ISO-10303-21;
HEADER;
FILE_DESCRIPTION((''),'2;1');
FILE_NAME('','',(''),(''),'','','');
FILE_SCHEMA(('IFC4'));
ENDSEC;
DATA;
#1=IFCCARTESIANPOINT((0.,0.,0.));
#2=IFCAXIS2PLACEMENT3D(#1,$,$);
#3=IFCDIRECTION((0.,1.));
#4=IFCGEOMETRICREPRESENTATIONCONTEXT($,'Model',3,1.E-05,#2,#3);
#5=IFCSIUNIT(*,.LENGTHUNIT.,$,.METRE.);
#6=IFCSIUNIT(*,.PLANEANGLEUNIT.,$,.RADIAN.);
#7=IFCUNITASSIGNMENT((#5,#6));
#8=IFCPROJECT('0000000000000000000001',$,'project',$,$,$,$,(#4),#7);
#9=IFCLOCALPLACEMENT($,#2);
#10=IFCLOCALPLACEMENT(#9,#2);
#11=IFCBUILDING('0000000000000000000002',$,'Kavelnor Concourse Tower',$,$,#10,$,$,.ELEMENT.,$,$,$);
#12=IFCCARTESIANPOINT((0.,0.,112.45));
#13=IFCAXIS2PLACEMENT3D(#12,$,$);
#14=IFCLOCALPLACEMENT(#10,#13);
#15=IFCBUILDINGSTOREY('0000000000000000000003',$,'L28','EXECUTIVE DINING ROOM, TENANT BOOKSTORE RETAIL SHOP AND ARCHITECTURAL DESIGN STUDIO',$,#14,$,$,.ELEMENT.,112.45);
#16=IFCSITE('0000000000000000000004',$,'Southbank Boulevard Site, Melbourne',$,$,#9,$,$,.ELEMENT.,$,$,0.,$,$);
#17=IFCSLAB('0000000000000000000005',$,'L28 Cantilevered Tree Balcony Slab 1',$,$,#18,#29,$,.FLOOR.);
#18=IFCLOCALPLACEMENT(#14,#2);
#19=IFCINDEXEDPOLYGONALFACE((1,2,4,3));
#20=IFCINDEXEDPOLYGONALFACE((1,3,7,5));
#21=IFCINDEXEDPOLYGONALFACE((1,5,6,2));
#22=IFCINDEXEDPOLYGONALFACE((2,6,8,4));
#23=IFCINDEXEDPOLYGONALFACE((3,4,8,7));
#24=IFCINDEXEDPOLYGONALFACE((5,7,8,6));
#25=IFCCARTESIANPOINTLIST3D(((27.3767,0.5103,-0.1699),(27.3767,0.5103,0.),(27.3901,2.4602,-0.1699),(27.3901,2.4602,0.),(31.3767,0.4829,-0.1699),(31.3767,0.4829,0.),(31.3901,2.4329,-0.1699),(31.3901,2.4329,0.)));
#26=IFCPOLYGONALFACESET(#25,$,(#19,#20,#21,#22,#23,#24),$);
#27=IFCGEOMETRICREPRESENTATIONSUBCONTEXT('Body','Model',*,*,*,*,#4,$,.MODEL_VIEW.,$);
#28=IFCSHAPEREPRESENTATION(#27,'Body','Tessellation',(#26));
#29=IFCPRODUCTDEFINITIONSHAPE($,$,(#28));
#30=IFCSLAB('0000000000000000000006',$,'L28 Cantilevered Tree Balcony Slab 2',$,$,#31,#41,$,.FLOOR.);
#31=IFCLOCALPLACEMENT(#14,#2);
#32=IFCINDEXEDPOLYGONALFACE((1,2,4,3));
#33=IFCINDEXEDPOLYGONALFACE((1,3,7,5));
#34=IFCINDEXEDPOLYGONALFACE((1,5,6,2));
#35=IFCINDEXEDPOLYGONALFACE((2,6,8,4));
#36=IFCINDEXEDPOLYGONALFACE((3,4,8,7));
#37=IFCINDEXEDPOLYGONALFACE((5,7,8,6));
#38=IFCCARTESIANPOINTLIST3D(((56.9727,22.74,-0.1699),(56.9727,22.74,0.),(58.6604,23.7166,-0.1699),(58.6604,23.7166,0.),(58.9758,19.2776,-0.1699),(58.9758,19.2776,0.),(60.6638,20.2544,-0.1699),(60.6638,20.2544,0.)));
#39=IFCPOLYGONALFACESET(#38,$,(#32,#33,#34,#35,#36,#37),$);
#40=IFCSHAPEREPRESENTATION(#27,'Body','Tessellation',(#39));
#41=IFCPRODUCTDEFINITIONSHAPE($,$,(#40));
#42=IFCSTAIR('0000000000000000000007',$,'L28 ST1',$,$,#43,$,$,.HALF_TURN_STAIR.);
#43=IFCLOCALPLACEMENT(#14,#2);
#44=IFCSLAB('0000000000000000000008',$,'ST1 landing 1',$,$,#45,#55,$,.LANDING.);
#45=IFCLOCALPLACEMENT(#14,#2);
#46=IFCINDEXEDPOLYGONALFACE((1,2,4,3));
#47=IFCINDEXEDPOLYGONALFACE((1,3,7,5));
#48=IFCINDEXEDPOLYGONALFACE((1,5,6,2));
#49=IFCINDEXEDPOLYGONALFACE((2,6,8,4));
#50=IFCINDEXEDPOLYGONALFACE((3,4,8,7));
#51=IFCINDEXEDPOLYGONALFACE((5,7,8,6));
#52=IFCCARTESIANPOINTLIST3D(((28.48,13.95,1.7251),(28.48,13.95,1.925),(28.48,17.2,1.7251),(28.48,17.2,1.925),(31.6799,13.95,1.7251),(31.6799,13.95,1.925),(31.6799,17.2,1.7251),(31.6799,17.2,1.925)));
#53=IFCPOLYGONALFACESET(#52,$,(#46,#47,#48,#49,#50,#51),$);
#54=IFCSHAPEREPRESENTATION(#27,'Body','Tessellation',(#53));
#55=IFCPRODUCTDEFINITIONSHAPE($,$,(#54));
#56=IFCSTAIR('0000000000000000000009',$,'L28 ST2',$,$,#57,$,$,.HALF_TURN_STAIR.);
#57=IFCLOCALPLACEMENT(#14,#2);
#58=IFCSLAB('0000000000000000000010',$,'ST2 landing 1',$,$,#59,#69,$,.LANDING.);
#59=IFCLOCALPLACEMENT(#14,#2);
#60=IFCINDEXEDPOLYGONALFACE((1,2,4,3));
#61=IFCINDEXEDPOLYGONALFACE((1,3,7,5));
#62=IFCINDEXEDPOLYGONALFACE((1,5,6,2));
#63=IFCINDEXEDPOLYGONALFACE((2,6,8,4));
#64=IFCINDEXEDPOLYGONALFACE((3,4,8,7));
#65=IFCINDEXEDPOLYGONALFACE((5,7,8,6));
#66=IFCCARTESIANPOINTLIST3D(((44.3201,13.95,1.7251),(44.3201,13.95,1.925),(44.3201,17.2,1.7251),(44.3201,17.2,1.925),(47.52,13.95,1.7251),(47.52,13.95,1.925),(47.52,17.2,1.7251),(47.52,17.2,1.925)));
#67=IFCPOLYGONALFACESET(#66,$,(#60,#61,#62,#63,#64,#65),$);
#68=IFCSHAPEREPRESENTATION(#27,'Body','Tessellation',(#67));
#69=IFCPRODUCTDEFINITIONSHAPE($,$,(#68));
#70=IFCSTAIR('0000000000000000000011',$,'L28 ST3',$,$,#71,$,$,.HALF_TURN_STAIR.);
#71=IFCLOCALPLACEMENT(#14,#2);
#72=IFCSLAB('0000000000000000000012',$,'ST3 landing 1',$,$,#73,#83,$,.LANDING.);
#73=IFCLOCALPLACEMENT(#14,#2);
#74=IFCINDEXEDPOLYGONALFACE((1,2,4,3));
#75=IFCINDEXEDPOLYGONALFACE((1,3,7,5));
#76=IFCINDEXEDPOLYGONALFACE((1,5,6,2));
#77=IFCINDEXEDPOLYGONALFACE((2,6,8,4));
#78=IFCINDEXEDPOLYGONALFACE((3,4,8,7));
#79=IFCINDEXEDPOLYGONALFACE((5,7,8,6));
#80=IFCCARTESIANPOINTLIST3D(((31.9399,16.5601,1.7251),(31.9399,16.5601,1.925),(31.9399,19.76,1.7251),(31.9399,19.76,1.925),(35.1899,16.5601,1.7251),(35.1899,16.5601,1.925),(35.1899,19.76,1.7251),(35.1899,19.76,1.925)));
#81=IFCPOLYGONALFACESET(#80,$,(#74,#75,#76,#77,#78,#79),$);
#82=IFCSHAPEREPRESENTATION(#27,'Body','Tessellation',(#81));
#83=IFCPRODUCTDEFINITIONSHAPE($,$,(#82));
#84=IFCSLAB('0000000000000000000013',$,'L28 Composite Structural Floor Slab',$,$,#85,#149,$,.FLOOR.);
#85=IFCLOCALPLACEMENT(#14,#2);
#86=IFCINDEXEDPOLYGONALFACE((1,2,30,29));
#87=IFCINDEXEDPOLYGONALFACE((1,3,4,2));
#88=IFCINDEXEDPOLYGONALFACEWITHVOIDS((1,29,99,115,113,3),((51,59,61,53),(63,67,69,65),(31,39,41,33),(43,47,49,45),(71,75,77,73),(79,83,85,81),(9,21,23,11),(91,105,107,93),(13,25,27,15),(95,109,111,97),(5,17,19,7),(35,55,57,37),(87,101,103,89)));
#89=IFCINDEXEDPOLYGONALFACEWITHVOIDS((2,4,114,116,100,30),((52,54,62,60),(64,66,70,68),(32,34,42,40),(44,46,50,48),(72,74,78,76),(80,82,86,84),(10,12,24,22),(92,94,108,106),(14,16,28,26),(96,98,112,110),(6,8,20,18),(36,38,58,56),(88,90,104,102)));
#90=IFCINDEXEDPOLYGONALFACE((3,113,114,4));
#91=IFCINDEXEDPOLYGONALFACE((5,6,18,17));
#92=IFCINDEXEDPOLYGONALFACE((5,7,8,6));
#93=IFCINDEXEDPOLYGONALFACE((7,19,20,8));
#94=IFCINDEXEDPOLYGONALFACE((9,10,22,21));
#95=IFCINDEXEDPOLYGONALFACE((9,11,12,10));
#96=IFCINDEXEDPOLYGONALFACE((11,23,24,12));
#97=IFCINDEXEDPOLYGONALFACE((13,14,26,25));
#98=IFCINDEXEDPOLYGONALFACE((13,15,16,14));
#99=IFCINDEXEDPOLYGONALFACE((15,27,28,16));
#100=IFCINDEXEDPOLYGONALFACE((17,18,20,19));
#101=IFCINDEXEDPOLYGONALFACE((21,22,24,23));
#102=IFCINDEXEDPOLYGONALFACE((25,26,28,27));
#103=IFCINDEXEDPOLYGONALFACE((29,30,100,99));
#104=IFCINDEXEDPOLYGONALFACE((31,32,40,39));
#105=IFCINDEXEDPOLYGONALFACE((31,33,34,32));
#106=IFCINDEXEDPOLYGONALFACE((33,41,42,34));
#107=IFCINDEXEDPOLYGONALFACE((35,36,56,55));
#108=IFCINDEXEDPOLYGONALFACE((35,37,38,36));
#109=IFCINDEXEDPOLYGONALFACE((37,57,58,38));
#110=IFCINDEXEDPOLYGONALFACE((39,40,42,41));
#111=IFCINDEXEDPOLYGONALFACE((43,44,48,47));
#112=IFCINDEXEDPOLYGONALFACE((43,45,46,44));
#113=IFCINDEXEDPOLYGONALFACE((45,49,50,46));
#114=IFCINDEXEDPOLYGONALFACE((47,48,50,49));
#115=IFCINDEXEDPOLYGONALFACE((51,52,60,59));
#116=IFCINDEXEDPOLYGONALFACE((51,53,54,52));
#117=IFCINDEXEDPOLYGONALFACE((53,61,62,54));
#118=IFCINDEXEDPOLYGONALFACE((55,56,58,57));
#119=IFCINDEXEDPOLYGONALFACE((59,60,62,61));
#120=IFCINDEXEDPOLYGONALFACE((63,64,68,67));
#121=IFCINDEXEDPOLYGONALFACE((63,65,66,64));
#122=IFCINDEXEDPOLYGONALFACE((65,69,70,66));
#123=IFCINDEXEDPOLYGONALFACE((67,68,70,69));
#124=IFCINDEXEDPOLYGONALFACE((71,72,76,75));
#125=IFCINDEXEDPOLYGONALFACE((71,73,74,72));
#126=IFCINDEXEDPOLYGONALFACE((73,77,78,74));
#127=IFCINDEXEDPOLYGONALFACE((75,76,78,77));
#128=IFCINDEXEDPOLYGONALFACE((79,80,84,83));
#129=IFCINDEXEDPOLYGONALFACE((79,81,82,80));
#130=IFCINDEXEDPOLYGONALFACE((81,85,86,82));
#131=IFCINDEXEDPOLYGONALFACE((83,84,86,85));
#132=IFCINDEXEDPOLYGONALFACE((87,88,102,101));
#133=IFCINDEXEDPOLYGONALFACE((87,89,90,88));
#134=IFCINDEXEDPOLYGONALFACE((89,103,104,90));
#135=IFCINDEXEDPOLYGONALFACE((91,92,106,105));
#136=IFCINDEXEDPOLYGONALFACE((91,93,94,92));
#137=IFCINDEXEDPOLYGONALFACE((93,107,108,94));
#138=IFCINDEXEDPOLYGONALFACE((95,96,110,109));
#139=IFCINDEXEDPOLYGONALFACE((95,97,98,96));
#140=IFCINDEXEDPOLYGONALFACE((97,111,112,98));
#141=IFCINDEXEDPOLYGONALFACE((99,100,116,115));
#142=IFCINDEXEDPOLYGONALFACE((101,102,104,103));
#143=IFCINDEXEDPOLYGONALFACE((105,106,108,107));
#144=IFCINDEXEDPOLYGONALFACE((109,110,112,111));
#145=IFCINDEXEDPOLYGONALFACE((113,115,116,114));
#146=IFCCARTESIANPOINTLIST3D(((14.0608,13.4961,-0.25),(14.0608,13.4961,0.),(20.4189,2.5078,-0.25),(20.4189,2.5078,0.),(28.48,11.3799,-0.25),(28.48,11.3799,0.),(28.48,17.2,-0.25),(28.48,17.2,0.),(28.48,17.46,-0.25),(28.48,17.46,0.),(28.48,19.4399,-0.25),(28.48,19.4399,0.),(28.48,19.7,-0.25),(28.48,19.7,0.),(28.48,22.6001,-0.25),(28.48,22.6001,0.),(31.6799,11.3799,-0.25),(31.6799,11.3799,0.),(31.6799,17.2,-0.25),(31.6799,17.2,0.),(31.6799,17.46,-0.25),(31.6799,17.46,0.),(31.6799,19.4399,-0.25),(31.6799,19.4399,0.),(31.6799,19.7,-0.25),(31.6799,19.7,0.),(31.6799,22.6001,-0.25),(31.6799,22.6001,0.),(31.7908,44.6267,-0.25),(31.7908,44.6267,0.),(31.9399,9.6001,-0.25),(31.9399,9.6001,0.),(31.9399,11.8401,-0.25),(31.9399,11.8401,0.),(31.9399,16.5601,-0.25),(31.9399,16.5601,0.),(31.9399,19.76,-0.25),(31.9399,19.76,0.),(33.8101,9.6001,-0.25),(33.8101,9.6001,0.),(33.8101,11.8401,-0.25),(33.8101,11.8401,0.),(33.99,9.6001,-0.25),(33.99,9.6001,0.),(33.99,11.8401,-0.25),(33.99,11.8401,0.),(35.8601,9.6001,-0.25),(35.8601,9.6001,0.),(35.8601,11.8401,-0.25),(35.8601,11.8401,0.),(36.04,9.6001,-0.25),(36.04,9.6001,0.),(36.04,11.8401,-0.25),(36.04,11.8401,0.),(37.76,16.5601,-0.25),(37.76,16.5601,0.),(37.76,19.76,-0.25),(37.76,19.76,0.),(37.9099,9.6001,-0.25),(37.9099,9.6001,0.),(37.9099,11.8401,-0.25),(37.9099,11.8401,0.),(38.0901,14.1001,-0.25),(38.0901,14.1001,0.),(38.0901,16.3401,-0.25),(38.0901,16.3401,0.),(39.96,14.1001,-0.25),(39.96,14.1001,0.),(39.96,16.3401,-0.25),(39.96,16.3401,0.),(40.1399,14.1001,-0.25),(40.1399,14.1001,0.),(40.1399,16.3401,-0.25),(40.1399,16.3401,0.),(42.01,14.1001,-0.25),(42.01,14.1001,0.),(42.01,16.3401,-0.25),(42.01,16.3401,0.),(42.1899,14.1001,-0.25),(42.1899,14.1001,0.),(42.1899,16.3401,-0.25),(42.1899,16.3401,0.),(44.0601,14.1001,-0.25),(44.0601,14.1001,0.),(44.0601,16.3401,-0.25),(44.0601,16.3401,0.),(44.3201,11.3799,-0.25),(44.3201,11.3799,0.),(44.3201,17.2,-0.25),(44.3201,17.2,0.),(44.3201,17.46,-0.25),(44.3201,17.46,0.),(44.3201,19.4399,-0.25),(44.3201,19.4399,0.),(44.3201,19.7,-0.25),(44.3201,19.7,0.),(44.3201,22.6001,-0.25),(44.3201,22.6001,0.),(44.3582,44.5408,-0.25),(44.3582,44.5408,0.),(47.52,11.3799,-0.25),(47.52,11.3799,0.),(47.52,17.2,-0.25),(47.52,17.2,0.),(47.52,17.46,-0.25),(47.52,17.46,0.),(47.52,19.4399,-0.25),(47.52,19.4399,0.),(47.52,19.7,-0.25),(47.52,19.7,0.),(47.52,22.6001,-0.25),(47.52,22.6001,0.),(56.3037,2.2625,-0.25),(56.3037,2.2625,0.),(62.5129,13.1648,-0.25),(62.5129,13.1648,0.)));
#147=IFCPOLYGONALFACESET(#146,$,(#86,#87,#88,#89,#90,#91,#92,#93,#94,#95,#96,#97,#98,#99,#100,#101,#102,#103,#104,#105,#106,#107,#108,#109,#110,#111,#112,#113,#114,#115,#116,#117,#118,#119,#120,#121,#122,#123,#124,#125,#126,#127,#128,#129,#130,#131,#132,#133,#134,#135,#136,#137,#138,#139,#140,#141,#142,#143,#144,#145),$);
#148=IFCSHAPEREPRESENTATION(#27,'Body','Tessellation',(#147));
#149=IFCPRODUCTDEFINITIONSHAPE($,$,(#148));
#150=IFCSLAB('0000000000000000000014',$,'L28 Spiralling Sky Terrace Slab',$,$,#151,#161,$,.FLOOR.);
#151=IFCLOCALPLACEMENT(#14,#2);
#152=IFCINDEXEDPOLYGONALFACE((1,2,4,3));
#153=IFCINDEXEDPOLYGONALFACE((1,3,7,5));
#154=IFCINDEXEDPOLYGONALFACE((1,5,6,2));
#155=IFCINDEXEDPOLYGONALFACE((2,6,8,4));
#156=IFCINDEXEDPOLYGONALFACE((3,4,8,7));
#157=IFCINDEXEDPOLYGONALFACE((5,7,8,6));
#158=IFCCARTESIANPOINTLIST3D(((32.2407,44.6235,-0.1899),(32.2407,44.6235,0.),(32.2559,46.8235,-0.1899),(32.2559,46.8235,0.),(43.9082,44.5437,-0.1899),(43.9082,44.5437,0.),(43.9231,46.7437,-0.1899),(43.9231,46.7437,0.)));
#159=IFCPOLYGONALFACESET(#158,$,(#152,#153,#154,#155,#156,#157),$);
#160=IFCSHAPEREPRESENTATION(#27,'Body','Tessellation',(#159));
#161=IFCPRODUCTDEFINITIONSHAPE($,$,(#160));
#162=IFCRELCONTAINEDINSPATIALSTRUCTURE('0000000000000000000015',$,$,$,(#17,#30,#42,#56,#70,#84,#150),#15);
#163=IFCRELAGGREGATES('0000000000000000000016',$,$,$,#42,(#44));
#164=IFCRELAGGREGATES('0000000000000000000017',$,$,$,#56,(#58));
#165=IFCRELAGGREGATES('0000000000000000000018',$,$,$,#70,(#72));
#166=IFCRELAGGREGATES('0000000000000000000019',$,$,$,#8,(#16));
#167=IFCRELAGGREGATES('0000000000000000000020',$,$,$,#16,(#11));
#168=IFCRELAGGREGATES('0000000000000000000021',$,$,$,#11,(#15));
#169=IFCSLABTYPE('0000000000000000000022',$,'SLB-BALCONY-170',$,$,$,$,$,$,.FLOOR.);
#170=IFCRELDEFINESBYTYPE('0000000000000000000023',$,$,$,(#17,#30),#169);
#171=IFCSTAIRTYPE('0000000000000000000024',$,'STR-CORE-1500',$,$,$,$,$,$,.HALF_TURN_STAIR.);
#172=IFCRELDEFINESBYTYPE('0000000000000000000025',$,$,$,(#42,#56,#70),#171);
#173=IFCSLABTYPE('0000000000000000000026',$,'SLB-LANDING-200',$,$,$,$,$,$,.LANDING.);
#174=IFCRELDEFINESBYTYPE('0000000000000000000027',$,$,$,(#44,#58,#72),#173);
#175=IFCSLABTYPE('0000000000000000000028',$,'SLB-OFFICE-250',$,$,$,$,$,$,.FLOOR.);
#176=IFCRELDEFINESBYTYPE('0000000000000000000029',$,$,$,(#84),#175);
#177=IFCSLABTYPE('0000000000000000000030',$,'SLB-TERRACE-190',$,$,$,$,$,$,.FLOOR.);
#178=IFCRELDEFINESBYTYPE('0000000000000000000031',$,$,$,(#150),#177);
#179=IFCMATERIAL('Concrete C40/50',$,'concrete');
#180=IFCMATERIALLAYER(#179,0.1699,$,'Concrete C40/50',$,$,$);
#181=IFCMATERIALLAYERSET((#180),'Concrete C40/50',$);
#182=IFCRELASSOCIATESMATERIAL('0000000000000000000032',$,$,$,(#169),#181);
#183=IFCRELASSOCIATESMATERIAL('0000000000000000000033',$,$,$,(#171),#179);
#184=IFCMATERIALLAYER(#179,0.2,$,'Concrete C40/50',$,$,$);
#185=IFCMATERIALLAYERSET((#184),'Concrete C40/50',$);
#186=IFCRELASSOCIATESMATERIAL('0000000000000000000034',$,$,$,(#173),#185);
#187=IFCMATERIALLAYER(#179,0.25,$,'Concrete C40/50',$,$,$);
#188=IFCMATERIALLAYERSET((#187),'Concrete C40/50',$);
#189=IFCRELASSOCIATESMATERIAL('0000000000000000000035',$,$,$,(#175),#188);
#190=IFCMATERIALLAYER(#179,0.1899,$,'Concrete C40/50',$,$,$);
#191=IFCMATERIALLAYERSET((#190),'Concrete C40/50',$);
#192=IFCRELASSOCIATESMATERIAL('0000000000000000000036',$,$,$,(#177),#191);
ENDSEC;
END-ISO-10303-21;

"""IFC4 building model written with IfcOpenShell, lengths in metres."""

from ifc_helpers import new_model, si_unit, direction, frame, origin, place, context, subcontext, project, spatial, polyline, outline, extrude, material, layer, layer_set, type_object, element, aggregate, save


model = new_model("IFC4")

# Units and contexts
model_context = context("Model", 3, precision=1e-05, world=origin(), true_north=direction((0.0, 1.0)))
body_context = subcontext(model_context, "Body", "Model", "MODEL_VIEW")
ifc_project = project(units=[si_unit("LENGTHUNIT", "METRE"), si_unit("PLANEANGLEUNIT", "RADIAN")], contexts=[model_context])

# Site, building, storey
site_placement = place(None, origin())
site = spatial("IfcSite", under=ifc_project, at=site_placement, Name="Southbank Boulevard Site, Melbourne", CompositionType="ELEMENT", RefElevation=0.0)
building_placement = place(site_placement, origin())
building = spatial("IfcBuilding", under=site, at=building_placement, Name="Kavelnor Concourse Tower", CompositionType="ELEMENT")
storey_placement = place(building_placement, frame((0.0, 0.0, 112.45)))
storey = spatial("IfcBuildingStorey", under=building, at=storey_placement, Name="L28", Description="EXECUTIVE DINING ROOM, TENANT BOOKSTORE RETAIL SHOP AND ARCHITECTURAL DESIGN STUDIO", CompositionType="ELEMENT", Elevation=112.45)

# Slabs
ifc_material_1 = material(Name="Concrete C40/50", Category="concrete")
ifc_layer_1 = layer(ifc_material_1, 0.1699, Name="Concrete C40/50")
ifc_layer_set_1 = layer_set([ifc_layer_1], Name="Concrete C40/50")
slab_type_1 = type_object("IfcSlabType", Name="SLB-BALCONY-170", PredefinedType="FLOOR", material=ifc_layer_set_1)
slab_1_placement = place(storey_placement, frame((0.0, 0.0, -0.1699)))
element("IfcSlab", 1, at=slab_1_placement, inside=storey, type_object=slab_type_1, Name="L28 Cantilevered Tree Balcony Slab 1", PredefinedType="FLOOR", context=body_context, shape_type="SweptSolid", body=[
    extrude(outline(polyline([(31.3767, 0.4829), (27.3767, 0.5103), (27.3901, 2.4602), (31.3901, 2.4329), (31.3767, 0.4829)])), origin(), (0.0, 0.0, 1.0), 0.1699),
])
slab_2_placement = place(storey_placement, frame((0.0, 0.0, -0.1699)))
element("IfcSlab", 2, at=slab_2_placement, inside=storey, type_object=slab_type_1, Name="L28 Cantilevered Tree Balcony Slab 2", PredefinedType="FLOOR", context=body_context, shape_type="SweptSolid", body=[
    extrude(outline(polyline([(58.6604, 23.7166), (60.6638, 20.2544), (58.9758, 19.2776), (56.9727, 22.74), (58.6604, 23.7166)])), origin(), (0.0, 0.0, 1.0), 0.1699),
])

# Stairs, slabs
stair_type = type_object("IfcStairType", Name="STR-CORE-1500", PredefinedType="HALF_TURN_STAIR", material=ifc_material_1)
stair_1_placement = place(storey_placement, origin())
stair_1 = element("IfcStair", 3, at=stair_1_placement, inside=storey, type_object=stair_type, Name="L28 ST1", PredefinedType="HALF_TURN_STAIR")
ifc_layer_2 = layer(ifc_material_1, 0.2, Name="Concrete C40/50")
ifc_layer_set_2 = layer_set([ifc_layer_2], Name="Concrete C40/50")
slab_type_2 = type_object("IfcSlabType", Name="SLB-LANDING-200", PredefinedType="LANDING", material=ifc_layer_set_2)
slab_3_placement = place(storey_placement, frame((0.0, 0.0, 1.7251)))
slab_3 = element("IfcSlab", 4, at=slab_3_placement, type_object=slab_type_2, Name="ST1 landing 1", PredefinedType="LANDING", context=body_context, shape_type="SweptSolid", body=[
    extrude(outline(polyline([(31.6799, 13.95), (31.6799, 17.2), (28.48, 17.2), (28.48, 13.95), (31.6799, 13.95)])), origin(), (0.0, 0.0, 1.0), 0.2),
])
aggregate(stair_1, [slab_3])
stair_2_placement = place(storey_placement, origin())
stair_2 = element("IfcStair", 5, at=stair_2_placement, inside=storey, type_object=stair_type, Name="L28 ST2", PredefinedType="HALF_TURN_STAIR")
slab_4_placement = place(storey_placement, frame((0.0, 0.0, 1.7251)))
slab_4 = element("IfcSlab", 6, at=slab_4_placement, type_object=slab_type_2, Name="ST2 landing 1", PredefinedType="LANDING", context=body_context, shape_type="SweptSolid", body=[
    extrude(outline(polyline([(47.52, 13.95), (47.52, 17.2), (44.3201, 17.2), (44.3201, 13.95), (47.52, 13.95)])), origin(), (0.0, 0.0, 1.0), 0.2),
])
aggregate(stair_2, [slab_4])
stair_3_placement = place(storey_placement, origin())
stair_3 = element("IfcStair", 7, at=stair_3_placement, inside=storey, type_object=stair_type, Name="L28 ST3", PredefinedType="HALF_TURN_STAIR")
slab_5_placement = place(storey_placement, frame((0.0, 0.0, 1.7251)))
slab_5 = element("IfcSlab", 8, at=slab_5_placement, type_object=slab_type_2, Name="ST3 landing 1", PredefinedType="LANDING", context=body_context, shape_type="SweptSolid", body=[
    extrude(outline(polyline([(35.1899, 19.76), (31.9399, 19.76), (31.9399, 16.5601), (35.1899, 16.5601), (35.1899, 19.76)])), origin(), (0.0, 0.0, 1.0), 0.2),
])
aggregate(stair_3, [slab_5])

# Slabs
ifc_layer_3 = layer(ifc_material_1, 0.25, Name="Concrete C40/50")
ifc_layer_set_3 = layer_set([ifc_layer_3], Name="Concrete C40/50")
slab_type_3 = type_object("IfcSlabType", Name="SLB-OFFICE-250", PredefinedType="FLOOR", material=ifc_layer_set_3)
slab_6_placement = place(storey_placement, frame((0.0, 0.0, -0.25)))
element("IfcSlab", 9, at=slab_6_placement, inside=storey, type_object=slab_type_3, Name="L28 Composite Structural Floor Slab", PredefinedType="FLOOR", context=body_context, shape_type="SweptSolid", body=[
    extrude(outline(polyline([(44.3582, 44.5408), (31.7908, 44.6267), (14.0608, 13.4961), (20.4189, 2.5078), (56.3037, 2.2625), (62.5129, 13.1648), (44.3582, 44.5408)]), holes=[polyline([(28.48, 11.3799), (31.6799, 11.3799), (31.6799, 17.2), (28.48, 17.2), (28.48, 11.3799)]), polyline([(44.3201, 11.3799), (47.52, 11.3799), (47.52, 17.2), (44.3201, 17.2), (44.3201, 11.3799)]), polyline([(31.9399, 16.5601), (37.76, 16.5601), (37.76, 19.76), (31.9399, 19.76), (31.9399, 16.5601)]), polyline([(28.48, 19.7), (31.6799, 19.7), (31.6799, 22.6001), (28.48, 22.6001), (28.48, 19.7)]), polyline([(44.3201, 19.7), (47.52, 19.7), (47.52, 22.6001), (44.3201, 22.6001), (44.3201, 19.7)]), polyline([(38.0901, 14.1001), (39.96, 14.1001), (39.96, 16.3401), (38.0901, 16.3401), (38.0901, 14.1001)]), polyline([(40.1399, 14.1001), (42.01, 14.1001), (42.01, 16.3401), (40.1399, 16.3401), (40.1399, 14.1001)]), polyline([(42.1899, 14.1001), (44.0601, 14.1001), (44.0601, 16.3401), (42.1899, 16.3401), (42.1899, 14.1001)]), polyline([(31.9399, 9.6001), (33.8101, 9.6001), (33.8101, 11.8401), (31.9399, 11.8401), (31.9399, 9.6001)]), polyline([(33.99, 9.6001), (35.8601, 9.6001), (35.8601, 11.8401), (33.99, 11.8401), (33.99, 9.6001)]), polyline([(36.04, 9.6001), (37.9099, 9.6001), (37.9099, 11.8401), (36.04, 11.8401), (36.04, 9.6001)]), polyline([(28.48, 17.46), (31.6799, 17.46), (31.6799, 19.4399), (28.48, 19.4399), (28.48, 17.46)]), polyline([(44.3201, 17.46), (47.52, 17.46), (47.52, 19.4399), (44.3201, 19.4399), (44.3201, 17.46)])]), origin(), (0.0, 0.0, 1.0), 0.25),
])
ifc_layer_4 = layer(ifc_material_1, 0.1899, Name="Concrete C40/50")
ifc_layer_set_4 = layer_set([ifc_layer_4], Name="Concrete C40/50")
slab_type_4 = type_object("IfcSlabType", Name="SLB-TERRACE-190", PredefinedType="FLOOR", material=ifc_layer_set_4)
slab_7_placement = place(storey_placement, frame((0.0, 0.0, -0.1899)))
element("IfcSlab", 10, at=slab_7_placement, inside=storey, type_object=slab_type_4, Name="L28 Spiralling Sky Terrace Slab", PredefinedType="FLOOR", context=body_context, shape_type="SweptSolid", body=[
    extrude(outline(polyline([(32.2559, 46.8235), (43.9231, 46.7437), (43.9082, 44.5437), (32.2407, 44.6235), (32.2559, 46.8235)])), origin(), (0.0, 0.0, 1.0), 0.1899),
])

save(model, "model.ifc")
